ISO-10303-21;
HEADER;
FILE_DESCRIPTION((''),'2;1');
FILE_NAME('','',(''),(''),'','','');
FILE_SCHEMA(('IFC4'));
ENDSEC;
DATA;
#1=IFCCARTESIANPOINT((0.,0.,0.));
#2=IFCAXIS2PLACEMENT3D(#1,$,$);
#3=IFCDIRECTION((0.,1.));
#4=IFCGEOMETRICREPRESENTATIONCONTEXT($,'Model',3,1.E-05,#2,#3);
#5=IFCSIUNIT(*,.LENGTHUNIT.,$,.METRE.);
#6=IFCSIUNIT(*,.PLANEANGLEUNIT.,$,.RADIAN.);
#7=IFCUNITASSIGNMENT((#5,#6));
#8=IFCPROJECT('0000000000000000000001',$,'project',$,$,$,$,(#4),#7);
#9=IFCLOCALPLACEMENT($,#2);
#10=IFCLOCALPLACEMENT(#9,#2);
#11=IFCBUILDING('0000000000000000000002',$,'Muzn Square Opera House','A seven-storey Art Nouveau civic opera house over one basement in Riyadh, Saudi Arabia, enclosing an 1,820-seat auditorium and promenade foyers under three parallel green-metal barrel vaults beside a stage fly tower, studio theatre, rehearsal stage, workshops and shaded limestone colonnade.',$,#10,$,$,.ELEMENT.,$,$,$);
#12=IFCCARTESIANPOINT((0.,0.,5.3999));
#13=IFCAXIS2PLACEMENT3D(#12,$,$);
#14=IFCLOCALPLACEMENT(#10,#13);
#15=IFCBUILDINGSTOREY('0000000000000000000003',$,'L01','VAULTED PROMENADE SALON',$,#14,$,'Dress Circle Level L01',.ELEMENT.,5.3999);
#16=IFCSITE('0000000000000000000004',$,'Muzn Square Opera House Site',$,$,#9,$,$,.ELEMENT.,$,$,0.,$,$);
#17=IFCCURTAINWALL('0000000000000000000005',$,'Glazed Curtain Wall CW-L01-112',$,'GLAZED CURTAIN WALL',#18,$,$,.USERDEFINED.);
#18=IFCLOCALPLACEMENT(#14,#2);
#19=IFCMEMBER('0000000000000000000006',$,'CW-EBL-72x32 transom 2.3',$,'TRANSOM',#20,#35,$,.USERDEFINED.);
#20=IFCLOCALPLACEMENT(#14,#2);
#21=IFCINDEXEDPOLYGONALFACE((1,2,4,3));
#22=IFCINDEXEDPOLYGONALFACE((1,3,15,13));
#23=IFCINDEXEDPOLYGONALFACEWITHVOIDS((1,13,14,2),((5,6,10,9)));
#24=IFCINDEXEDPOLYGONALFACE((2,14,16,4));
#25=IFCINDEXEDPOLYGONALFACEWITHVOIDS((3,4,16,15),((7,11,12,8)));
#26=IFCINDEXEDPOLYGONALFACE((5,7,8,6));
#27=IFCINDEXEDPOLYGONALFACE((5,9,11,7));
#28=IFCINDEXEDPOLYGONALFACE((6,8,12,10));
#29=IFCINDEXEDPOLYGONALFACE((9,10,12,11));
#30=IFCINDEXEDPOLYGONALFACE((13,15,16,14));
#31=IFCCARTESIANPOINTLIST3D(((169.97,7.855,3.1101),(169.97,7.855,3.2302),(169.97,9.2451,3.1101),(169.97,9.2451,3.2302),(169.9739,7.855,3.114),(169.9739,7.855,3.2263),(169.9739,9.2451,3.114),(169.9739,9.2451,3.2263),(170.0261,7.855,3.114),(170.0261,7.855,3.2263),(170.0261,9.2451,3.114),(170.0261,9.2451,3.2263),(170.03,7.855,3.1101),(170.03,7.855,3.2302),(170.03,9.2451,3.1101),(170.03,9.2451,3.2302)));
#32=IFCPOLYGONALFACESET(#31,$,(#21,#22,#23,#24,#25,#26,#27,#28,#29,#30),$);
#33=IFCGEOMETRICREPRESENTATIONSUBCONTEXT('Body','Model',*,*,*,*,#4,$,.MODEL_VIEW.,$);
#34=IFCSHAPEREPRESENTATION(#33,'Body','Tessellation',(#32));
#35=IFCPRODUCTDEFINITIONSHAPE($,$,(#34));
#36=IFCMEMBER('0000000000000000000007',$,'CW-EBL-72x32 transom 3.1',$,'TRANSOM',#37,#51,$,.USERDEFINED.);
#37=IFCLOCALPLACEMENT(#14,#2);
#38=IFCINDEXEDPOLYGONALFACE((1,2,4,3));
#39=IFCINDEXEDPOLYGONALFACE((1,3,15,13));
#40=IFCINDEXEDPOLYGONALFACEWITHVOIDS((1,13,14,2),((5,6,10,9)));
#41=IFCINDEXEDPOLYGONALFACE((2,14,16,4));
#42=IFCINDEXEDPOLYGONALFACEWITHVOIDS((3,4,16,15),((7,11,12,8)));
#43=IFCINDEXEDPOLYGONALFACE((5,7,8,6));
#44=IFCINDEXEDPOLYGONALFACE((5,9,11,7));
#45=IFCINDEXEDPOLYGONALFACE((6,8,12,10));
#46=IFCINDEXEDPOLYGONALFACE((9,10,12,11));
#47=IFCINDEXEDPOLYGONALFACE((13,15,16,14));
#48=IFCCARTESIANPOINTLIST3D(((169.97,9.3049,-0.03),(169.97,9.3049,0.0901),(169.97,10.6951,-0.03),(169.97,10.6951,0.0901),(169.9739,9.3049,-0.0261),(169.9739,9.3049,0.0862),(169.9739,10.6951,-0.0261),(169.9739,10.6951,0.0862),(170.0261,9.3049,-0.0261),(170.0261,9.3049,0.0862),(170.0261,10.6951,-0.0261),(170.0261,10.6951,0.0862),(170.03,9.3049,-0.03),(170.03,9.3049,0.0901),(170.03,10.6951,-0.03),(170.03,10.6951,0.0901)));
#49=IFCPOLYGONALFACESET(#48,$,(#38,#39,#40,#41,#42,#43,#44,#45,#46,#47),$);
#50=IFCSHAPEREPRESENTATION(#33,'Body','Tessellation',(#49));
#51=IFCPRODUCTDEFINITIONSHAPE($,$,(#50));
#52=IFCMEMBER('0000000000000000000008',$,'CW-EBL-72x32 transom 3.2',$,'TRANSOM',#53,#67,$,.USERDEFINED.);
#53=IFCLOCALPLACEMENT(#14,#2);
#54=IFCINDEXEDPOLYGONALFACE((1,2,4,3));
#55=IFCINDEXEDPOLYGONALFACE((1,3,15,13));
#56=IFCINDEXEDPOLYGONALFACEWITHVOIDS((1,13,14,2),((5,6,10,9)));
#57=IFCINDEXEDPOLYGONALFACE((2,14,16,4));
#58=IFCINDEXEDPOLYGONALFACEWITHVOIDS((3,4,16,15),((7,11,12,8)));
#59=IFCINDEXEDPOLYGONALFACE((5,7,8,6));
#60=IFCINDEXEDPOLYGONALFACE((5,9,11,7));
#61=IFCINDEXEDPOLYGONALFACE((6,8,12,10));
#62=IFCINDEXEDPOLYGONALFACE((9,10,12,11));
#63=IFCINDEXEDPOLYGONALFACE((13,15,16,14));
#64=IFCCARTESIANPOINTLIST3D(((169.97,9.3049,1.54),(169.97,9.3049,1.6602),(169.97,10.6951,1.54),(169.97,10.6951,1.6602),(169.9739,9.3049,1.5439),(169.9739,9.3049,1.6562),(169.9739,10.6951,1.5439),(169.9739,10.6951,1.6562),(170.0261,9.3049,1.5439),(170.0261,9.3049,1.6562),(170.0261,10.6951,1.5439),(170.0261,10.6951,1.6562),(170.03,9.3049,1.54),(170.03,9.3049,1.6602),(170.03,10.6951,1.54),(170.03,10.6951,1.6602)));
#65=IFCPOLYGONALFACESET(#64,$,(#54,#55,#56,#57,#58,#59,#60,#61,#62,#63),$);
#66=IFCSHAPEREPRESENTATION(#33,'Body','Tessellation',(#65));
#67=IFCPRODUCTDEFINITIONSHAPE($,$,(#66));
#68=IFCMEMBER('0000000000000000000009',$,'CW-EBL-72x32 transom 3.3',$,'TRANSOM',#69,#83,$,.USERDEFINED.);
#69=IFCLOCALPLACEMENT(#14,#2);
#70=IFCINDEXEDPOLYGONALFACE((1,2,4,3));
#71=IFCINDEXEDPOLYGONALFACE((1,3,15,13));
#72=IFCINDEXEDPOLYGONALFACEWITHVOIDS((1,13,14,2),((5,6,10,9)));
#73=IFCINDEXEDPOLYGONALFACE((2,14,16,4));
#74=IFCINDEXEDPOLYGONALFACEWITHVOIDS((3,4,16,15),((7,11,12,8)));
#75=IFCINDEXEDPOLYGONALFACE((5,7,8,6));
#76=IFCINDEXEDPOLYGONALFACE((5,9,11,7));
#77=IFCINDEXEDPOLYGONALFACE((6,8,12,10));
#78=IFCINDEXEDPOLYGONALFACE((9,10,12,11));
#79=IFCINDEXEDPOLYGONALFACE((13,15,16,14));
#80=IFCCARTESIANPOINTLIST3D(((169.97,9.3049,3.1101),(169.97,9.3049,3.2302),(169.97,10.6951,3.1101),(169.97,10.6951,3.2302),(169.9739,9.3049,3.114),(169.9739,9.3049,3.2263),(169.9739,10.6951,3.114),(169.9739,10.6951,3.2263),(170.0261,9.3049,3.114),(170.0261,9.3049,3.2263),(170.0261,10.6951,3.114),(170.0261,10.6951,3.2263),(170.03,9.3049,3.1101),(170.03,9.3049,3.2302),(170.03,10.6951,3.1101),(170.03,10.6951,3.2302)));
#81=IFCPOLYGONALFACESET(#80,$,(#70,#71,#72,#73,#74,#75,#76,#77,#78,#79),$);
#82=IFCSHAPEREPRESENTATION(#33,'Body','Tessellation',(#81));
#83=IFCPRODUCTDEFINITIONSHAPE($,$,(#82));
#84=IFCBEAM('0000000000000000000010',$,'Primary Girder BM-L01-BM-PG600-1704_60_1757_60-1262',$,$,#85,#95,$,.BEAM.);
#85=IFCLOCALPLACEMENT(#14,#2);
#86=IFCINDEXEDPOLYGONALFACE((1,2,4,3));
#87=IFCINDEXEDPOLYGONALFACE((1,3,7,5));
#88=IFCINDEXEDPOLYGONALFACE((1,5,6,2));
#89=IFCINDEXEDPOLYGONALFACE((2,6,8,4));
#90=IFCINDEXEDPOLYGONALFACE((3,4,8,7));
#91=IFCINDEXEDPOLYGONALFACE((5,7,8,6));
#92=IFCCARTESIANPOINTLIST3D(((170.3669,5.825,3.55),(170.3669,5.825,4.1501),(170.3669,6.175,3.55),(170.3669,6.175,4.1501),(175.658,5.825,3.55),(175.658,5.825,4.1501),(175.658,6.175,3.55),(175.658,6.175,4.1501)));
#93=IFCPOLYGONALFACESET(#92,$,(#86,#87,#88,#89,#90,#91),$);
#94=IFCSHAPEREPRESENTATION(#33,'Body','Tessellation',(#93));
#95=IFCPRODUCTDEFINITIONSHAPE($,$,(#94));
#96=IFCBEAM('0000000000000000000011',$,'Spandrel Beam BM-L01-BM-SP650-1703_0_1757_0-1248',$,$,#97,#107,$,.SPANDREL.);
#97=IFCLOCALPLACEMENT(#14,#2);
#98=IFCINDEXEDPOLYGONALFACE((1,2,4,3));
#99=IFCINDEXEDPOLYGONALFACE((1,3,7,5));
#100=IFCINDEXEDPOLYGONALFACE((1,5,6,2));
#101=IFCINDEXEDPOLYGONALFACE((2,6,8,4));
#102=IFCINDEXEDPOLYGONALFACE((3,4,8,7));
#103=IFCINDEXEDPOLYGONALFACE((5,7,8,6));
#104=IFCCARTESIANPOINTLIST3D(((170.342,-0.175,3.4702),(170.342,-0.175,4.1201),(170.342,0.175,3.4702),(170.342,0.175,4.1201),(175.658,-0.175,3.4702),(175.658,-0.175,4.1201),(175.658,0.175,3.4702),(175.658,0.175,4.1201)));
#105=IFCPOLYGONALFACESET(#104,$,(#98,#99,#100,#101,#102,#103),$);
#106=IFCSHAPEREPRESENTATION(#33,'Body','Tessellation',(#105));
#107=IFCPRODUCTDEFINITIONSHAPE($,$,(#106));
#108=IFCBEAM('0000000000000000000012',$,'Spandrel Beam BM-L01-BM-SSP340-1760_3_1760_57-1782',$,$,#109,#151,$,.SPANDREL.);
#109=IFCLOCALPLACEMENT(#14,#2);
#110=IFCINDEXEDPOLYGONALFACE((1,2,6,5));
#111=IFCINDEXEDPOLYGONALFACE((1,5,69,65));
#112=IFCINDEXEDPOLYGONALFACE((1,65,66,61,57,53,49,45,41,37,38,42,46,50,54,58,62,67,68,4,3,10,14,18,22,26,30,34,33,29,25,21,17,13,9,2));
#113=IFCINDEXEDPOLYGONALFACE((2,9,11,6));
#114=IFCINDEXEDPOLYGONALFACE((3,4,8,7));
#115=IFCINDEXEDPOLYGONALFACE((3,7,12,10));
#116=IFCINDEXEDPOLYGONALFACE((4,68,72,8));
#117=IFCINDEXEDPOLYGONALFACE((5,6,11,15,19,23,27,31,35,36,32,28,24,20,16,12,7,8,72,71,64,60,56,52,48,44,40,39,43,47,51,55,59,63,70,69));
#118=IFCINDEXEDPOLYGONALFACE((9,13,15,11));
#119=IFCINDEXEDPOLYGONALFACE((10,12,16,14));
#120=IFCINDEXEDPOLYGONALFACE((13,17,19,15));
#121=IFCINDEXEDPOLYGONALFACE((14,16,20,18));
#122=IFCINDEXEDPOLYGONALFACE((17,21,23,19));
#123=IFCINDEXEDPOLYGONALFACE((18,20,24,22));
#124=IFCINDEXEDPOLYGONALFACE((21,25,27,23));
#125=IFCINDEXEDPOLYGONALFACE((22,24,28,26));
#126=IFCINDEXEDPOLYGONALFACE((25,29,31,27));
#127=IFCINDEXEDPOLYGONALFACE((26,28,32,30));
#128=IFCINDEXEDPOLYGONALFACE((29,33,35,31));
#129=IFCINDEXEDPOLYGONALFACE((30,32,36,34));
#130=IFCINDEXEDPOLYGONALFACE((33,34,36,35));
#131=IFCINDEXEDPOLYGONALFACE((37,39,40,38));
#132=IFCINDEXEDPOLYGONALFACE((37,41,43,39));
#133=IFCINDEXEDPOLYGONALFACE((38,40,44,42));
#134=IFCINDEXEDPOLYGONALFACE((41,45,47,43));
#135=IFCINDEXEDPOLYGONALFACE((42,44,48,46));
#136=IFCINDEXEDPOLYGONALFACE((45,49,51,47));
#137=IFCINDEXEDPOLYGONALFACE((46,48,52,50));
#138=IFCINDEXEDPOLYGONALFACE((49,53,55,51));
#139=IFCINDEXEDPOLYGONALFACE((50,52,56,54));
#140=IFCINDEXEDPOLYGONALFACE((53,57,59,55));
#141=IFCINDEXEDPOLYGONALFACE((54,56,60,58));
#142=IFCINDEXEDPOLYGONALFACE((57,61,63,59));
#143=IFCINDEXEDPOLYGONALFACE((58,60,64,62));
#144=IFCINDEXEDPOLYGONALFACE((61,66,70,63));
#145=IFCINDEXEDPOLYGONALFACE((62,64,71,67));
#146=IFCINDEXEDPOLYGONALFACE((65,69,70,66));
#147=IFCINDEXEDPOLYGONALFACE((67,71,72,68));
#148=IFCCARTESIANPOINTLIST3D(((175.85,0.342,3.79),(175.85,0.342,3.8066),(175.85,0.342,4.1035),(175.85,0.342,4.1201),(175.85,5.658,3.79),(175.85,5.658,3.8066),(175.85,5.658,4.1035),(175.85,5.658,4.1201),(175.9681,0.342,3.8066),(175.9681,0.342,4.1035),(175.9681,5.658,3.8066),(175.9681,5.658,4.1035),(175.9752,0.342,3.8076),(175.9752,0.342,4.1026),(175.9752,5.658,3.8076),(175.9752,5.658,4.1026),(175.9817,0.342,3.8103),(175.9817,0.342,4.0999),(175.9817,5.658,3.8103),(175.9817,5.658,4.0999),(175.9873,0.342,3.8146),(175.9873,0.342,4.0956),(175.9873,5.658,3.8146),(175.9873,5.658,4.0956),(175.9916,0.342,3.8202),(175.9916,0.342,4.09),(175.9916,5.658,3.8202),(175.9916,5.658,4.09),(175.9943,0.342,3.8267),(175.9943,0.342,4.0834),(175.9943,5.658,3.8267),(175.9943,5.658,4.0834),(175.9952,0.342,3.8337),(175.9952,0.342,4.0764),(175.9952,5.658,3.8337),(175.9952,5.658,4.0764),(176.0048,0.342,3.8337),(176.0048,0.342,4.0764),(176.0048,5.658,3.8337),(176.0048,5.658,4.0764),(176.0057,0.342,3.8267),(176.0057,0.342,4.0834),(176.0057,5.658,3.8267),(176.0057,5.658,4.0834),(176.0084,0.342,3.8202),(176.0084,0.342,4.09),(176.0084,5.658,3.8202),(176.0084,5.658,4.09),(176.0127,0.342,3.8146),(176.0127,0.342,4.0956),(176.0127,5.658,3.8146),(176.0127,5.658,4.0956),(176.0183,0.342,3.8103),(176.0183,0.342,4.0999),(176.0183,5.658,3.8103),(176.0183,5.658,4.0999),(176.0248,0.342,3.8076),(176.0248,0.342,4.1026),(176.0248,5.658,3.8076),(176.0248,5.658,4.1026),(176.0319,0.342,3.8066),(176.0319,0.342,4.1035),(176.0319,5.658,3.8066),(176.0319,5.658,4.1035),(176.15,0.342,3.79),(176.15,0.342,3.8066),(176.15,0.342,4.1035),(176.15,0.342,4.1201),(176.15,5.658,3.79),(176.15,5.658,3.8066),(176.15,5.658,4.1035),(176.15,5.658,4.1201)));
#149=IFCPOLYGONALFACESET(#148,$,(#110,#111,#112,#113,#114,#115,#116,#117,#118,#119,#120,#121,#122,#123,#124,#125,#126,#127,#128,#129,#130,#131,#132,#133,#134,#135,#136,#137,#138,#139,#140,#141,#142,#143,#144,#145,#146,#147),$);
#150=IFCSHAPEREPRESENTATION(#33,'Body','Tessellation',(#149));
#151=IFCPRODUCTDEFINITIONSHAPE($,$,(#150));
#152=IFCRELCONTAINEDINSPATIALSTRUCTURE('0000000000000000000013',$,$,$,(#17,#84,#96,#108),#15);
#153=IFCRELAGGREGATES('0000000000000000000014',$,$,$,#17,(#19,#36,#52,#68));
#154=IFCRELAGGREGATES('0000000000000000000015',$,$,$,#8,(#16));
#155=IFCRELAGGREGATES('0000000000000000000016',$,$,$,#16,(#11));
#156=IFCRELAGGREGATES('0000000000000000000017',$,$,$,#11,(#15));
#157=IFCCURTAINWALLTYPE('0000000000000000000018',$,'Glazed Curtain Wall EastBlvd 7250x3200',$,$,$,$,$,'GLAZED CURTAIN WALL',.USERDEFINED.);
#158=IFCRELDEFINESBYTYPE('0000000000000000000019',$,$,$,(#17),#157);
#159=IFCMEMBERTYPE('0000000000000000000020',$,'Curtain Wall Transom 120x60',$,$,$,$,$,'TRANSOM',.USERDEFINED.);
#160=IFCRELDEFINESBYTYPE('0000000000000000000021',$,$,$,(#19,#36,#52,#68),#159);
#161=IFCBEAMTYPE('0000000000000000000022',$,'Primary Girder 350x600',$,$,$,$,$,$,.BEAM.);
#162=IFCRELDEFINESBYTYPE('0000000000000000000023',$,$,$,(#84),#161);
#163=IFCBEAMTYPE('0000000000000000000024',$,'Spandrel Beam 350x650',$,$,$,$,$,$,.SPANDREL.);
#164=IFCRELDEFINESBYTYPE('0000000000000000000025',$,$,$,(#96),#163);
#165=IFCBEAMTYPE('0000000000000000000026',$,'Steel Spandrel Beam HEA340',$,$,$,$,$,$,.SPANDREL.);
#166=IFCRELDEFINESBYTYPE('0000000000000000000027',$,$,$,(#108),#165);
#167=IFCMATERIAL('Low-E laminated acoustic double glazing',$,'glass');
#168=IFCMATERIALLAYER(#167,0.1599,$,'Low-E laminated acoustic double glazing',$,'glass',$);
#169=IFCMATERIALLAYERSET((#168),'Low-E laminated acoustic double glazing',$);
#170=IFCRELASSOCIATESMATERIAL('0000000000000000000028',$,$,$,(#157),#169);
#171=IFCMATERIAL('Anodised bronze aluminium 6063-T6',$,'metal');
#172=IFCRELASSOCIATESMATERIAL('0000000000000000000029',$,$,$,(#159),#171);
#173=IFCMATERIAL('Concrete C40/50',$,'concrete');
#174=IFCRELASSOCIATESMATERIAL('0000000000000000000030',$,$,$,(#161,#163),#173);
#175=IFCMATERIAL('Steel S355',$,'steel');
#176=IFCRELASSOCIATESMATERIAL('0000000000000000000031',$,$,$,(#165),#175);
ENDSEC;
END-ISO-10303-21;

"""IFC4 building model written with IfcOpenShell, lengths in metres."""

from ifc_helpers import new_model, si_unit, direction, frame, origin, origin_2d, place, context, subcontext, project, spatial, rectangle, hollow_rectangle, i_section, extrude, material, layer, layer_set, material_profile, profile_set, type_object, element, aggregate, save


model = new_model("IFC4")

# Units and contexts
model_context = context("Model", 3, precision=1e-05, world=origin(), true_north=direction((0.0, 1.0)))
body_context = subcontext(model_context, "Body", "Model", "MODEL_VIEW")
ifc_project = project(units=[si_unit("LENGTHUNIT", "METRE"), si_unit("PLANEANGLEUNIT", "RADIAN")], contexts=[model_context])

# Site, building, storey
site_placement = place(None, origin())
site = spatial("IfcSite", under=ifc_project, at=site_placement, Name="Muzn Square Opera House Site", CompositionType="ELEMENT", RefElevation=0.0)
building_placement = place(site_placement, origin())
building = spatial("IfcBuilding", under=site, at=building_placement, Name="Muzn Square Opera House", Description="A seven-storey Art Nouveau civic opera house over one basement in Riyadh, Saudi Arabia, enclosing an 1,820-seat auditorium and promenade foyers under three parallel green-metal barrel vaults beside a stage fly tower, studio theatre, rehearsal stage, workshops and shaded limestone colonnade.", CompositionType="ELEMENT")
storey_placement = place(building_placement, frame((0.0, 0.0, 5.3999)))
storey = spatial("IfcBuildingStorey", under=building, at=storey_placement, Name="L01", Description="VAULTED PROMENADE SALON", LongName="Dress Circle Level L01", CompositionType="ELEMENT", Elevation=5.3999)

# Curtain wall, members
ifc_material_1 = material(Name="Low-E laminated acoustic double glazing", Category="glass")
ifc_layer_1 = layer(ifc_material_1, 0.1599, Name="Low-E laminated acoustic double glazing", Category="glass")
ifc_layer_set_1 = layer_set([ifc_layer_1], Name="Low-E laminated acoustic double glazing")
curtain_wall_type = type_object("IfcCurtainWallType", Name="Glazed Curtain Wall EastBlvd 7250x3200", ElementType="GLAZED CURTAIN WALL", PredefinedType="USERDEFINED", material=ifc_layer_set_1)
curtain_wall_placement = place(storey_placement, origin())
curtain_wall = element("IfcCurtainWall", 1, at=curtain_wall_placement, inside=storey, type_object=curtain_wall_type, Name="Glazed Curtain Wall CW-L01-112", ObjectType="GLAZED CURTAIN WALL", PredefinedType="USERDEFINED")
ifc_material_2 = material(Name="Anodised bronze aluminium 6063-T6", Category="metal")
ifc_material_profile_1 = material_profile(ifc_material_2, hollow_rectangle(XDim=0.0601, YDim=0.1201, WallThickness=0.0039, at=origin_2d()), Name="ALU 120x60x4", Category="metal")
ifc_profile_set_1 = profile_set([ifc_material_profile_1], Name="Anodised bronze aluminium 6063-T6")
member_type_1 = type_object("IfcMemberType", Name="Curtain Wall Transom 120x60", ElementType="TRANSOM", PredefinedType="USERDEFINED", material=ifc_profile_set_1)
member_1_placement = place(storey_placement, frame((170.0, 7.855, 3.1702), z_axis=(0.0, 1.0, 0.0), x_axis=(-1.0, 0.0, 0.0)))
member_1 = element("IfcMember", 2, at=member_1_placement, type_object=member_type_1, Name="CW-EBL-72x32 transom 2.3", ObjectType="TRANSOM", PredefinedType="USERDEFINED", context=body_context, shape_type="SweptSolid", body=[
    extrude(hollow_rectangle(XDim=0.0601, YDim=0.1201, WallThickness=0.0039, at=origin_2d()), origin(), (0.0, 0.0, 1.0), 1.3901),
])
member_2_placement = place(storey_placement, frame((170.0, 9.3049, 0.03), z_axis=(0.0, 1.0, 0.0), x_axis=(-1.0, 0.0, 0.0)))
member_2 = element("IfcMember", 3, at=member_2_placement, type_object=member_type_1, Name="CW-EBL-72x32 transom 3.1", ObjectType="TRANSOM", PredefinedType="USERDEFINED", context=body_context, shape_type="SweptSolid", body=[
    extrude(hollow_rectangle(XDim=0.0601, YDim=0.1201, WallThickness=0.0039, at=origin_2d()), origin(), (0.0, 0.0, 1.0), 1.3901),
])
member_3_placement = place(storey_placement, frame((170.0, 9.3049, 1.6001), z_axis=(0.0, 1.0, 0.0), x_axis=(-1.0, 0.0, 0.0)))
member_3 = element("IfcMember", 4, at=member_3_placement, type_object=member_type_1, Name="CW-EBL-72x32 transom 3.2", ObjectType="TRANSOM", PredefinedType="USERDEFINED", context=body_context, shape_type="SweptSolid", body=[
    extrude(hollow_rectangle(XDim=0.0601, YDim=0.1201, WallThickness=0.0039, at=origin_2d()), origin(), (0.0, 0.0, 1.0), 1.3901),
])
member_4_placement = place(storey_placement, frame((170.0, 9.3049, 3.1702), z_axis=(0.0, 1.0, 0.0), x_axis=(-1.0, 0.0, 0.0)))
member_4 = element("IfcMember", 5, at=member_4_placement, type_object=member_type_1, Name="CW-EBL-72x32 transom 3.3", ObjectType="TRANSOM", PredefinedType="USERDEFINED", context=body_context, shape_type="SweptSolid", body=[
    extrude(hollow_rectangle(XDim=0.0601, YDim=0.1201, WallThickness=0.0039, at=origin_2d()), origin(), (0.0, 0.0, 1.0), 1.3901),
])

# Beams
ifc_material_3 = material(Name="Concrete C40/50", Category="concrete")
ifc_material_profile_2 = material_profile(ifc_material_3, rectangle(XDim=0.3501, YDim=0.6001, at=origin_2d()), Name="RCB 350x600", Category="concrete")
ifc_profile_set_2 = profile_set([ifc_material_profile_2], Name="Concrete C40/50")
beam_type_1 = type_object("IfcBeamType", Name="Primary Girder 350x600", PredefinedType="BEAM", material=ifc_profile_set_2)
beam_1_placement = place(storey_placement, frame((170.3669, 6.0, 3.8501), z_axis=(1.0, 0.0, 0.0), x_axis=(0.0, 1.0, 0.0)))
element("IfcBeam", 6, at=beam_1_placement, inside=storey, type_object=beam_type_1, Name="Primary Girder BM-L01-BM-PG600-1704_60_1757_60-1262", PredefinedType="BEAM", context=body_context, shape_type="SweptSolid", body=[
    extrude(rectangle(XDim=0.3501, YDim=0.6001, at=origin_2d()), origin(), (0.0, 0.0, 1.0), 5.291),
])
ifc_material_profile_3 = material_profile(ifc_material_3, rectangle(XDim=0.3501, YDim=0.6499, at=origin_2d()), Name="RCS 350x650", Category="concrete")
ifc_profile_set_3 = profile_set([ifc_material_profile_3], Name="Concrete C40/50")
beam_type_2 = type_object("IfcBeamType", Name="Spandrel Beam 350x650", PredefinedType="SPANDREL", material=ifc_profile_set_3)
beam_2_placement = place(storey_placement, frame((170.342, 0.0, 3.7952), z_axis=(1.0, 0.0, 0.0), x_axis=(0.0, 1.0, 0.0)))
element("IfcBeam", 7, at=beam_2_placement, inside=storey, type_object=beam_type_2, Name="Spandrel Beam BM-L01-BM-SP650-1703_0_1757_0-1248", PredefinedType="SPANDREL", context=body_context, shape_type="SweptSolid", body=[
    extrude(rectangle(XDim=0.3501, YDim=0.6499, at=origin_2d()), origin(), (0.0, 0.0, 1.0), 5.3159),
])
ifc_material_4 = material(Name="Steel S355", Category="steel")
ifc_material_profile_4 = material_profile(ifc_material_4, i_section(OverallWidth=0.3, OverallDepth=0.3301, WebThickness=0.0095, FlangeThickness=0.0166, FilletRadius=0.0271, at=origin_2d()), Name="HEA 340", Category="steel")
ifc_profile_set_4 = profile_set([ifc_material_profile_4], Name="Steel S355")
beam_type_3 = type_object("IfcBeamType", Name="Steel Spandrel Beam HEA340", PredefinedType="SPANDREL", material=ifc_profile_set_4)
beam_3_placement = place(storey_placement, frame((176.0, 0.342, 3.9551), z_axis=(0.0, 1.0, 0.0), x_axis=(-1.0, 0.0, 0.0)))
element("IfcBeam", 8, at=beam_3_placement, inside=storey, type_object=beam_type_3, Name="Spandrel Beam BM-L01-BM-SSP340-1760_3_1760_57-1782", PredefinedType="SPANDREL", context=body_context, shape_type="SweptSolid", body=[
    extrude(i_section(OverallWidth=0.3, OverallDepth=0.3301, WebThickness=0.0095, FlangeThickness=0.0166, FilletRadius=0.0271, at=origin_2d()), origin(), (0.0, 0.0, 1.0), 5.3159),
])

aggregate(curtain_wall, [member_1, member_2, member_3, member_4])

save(model, "model.ifc")
